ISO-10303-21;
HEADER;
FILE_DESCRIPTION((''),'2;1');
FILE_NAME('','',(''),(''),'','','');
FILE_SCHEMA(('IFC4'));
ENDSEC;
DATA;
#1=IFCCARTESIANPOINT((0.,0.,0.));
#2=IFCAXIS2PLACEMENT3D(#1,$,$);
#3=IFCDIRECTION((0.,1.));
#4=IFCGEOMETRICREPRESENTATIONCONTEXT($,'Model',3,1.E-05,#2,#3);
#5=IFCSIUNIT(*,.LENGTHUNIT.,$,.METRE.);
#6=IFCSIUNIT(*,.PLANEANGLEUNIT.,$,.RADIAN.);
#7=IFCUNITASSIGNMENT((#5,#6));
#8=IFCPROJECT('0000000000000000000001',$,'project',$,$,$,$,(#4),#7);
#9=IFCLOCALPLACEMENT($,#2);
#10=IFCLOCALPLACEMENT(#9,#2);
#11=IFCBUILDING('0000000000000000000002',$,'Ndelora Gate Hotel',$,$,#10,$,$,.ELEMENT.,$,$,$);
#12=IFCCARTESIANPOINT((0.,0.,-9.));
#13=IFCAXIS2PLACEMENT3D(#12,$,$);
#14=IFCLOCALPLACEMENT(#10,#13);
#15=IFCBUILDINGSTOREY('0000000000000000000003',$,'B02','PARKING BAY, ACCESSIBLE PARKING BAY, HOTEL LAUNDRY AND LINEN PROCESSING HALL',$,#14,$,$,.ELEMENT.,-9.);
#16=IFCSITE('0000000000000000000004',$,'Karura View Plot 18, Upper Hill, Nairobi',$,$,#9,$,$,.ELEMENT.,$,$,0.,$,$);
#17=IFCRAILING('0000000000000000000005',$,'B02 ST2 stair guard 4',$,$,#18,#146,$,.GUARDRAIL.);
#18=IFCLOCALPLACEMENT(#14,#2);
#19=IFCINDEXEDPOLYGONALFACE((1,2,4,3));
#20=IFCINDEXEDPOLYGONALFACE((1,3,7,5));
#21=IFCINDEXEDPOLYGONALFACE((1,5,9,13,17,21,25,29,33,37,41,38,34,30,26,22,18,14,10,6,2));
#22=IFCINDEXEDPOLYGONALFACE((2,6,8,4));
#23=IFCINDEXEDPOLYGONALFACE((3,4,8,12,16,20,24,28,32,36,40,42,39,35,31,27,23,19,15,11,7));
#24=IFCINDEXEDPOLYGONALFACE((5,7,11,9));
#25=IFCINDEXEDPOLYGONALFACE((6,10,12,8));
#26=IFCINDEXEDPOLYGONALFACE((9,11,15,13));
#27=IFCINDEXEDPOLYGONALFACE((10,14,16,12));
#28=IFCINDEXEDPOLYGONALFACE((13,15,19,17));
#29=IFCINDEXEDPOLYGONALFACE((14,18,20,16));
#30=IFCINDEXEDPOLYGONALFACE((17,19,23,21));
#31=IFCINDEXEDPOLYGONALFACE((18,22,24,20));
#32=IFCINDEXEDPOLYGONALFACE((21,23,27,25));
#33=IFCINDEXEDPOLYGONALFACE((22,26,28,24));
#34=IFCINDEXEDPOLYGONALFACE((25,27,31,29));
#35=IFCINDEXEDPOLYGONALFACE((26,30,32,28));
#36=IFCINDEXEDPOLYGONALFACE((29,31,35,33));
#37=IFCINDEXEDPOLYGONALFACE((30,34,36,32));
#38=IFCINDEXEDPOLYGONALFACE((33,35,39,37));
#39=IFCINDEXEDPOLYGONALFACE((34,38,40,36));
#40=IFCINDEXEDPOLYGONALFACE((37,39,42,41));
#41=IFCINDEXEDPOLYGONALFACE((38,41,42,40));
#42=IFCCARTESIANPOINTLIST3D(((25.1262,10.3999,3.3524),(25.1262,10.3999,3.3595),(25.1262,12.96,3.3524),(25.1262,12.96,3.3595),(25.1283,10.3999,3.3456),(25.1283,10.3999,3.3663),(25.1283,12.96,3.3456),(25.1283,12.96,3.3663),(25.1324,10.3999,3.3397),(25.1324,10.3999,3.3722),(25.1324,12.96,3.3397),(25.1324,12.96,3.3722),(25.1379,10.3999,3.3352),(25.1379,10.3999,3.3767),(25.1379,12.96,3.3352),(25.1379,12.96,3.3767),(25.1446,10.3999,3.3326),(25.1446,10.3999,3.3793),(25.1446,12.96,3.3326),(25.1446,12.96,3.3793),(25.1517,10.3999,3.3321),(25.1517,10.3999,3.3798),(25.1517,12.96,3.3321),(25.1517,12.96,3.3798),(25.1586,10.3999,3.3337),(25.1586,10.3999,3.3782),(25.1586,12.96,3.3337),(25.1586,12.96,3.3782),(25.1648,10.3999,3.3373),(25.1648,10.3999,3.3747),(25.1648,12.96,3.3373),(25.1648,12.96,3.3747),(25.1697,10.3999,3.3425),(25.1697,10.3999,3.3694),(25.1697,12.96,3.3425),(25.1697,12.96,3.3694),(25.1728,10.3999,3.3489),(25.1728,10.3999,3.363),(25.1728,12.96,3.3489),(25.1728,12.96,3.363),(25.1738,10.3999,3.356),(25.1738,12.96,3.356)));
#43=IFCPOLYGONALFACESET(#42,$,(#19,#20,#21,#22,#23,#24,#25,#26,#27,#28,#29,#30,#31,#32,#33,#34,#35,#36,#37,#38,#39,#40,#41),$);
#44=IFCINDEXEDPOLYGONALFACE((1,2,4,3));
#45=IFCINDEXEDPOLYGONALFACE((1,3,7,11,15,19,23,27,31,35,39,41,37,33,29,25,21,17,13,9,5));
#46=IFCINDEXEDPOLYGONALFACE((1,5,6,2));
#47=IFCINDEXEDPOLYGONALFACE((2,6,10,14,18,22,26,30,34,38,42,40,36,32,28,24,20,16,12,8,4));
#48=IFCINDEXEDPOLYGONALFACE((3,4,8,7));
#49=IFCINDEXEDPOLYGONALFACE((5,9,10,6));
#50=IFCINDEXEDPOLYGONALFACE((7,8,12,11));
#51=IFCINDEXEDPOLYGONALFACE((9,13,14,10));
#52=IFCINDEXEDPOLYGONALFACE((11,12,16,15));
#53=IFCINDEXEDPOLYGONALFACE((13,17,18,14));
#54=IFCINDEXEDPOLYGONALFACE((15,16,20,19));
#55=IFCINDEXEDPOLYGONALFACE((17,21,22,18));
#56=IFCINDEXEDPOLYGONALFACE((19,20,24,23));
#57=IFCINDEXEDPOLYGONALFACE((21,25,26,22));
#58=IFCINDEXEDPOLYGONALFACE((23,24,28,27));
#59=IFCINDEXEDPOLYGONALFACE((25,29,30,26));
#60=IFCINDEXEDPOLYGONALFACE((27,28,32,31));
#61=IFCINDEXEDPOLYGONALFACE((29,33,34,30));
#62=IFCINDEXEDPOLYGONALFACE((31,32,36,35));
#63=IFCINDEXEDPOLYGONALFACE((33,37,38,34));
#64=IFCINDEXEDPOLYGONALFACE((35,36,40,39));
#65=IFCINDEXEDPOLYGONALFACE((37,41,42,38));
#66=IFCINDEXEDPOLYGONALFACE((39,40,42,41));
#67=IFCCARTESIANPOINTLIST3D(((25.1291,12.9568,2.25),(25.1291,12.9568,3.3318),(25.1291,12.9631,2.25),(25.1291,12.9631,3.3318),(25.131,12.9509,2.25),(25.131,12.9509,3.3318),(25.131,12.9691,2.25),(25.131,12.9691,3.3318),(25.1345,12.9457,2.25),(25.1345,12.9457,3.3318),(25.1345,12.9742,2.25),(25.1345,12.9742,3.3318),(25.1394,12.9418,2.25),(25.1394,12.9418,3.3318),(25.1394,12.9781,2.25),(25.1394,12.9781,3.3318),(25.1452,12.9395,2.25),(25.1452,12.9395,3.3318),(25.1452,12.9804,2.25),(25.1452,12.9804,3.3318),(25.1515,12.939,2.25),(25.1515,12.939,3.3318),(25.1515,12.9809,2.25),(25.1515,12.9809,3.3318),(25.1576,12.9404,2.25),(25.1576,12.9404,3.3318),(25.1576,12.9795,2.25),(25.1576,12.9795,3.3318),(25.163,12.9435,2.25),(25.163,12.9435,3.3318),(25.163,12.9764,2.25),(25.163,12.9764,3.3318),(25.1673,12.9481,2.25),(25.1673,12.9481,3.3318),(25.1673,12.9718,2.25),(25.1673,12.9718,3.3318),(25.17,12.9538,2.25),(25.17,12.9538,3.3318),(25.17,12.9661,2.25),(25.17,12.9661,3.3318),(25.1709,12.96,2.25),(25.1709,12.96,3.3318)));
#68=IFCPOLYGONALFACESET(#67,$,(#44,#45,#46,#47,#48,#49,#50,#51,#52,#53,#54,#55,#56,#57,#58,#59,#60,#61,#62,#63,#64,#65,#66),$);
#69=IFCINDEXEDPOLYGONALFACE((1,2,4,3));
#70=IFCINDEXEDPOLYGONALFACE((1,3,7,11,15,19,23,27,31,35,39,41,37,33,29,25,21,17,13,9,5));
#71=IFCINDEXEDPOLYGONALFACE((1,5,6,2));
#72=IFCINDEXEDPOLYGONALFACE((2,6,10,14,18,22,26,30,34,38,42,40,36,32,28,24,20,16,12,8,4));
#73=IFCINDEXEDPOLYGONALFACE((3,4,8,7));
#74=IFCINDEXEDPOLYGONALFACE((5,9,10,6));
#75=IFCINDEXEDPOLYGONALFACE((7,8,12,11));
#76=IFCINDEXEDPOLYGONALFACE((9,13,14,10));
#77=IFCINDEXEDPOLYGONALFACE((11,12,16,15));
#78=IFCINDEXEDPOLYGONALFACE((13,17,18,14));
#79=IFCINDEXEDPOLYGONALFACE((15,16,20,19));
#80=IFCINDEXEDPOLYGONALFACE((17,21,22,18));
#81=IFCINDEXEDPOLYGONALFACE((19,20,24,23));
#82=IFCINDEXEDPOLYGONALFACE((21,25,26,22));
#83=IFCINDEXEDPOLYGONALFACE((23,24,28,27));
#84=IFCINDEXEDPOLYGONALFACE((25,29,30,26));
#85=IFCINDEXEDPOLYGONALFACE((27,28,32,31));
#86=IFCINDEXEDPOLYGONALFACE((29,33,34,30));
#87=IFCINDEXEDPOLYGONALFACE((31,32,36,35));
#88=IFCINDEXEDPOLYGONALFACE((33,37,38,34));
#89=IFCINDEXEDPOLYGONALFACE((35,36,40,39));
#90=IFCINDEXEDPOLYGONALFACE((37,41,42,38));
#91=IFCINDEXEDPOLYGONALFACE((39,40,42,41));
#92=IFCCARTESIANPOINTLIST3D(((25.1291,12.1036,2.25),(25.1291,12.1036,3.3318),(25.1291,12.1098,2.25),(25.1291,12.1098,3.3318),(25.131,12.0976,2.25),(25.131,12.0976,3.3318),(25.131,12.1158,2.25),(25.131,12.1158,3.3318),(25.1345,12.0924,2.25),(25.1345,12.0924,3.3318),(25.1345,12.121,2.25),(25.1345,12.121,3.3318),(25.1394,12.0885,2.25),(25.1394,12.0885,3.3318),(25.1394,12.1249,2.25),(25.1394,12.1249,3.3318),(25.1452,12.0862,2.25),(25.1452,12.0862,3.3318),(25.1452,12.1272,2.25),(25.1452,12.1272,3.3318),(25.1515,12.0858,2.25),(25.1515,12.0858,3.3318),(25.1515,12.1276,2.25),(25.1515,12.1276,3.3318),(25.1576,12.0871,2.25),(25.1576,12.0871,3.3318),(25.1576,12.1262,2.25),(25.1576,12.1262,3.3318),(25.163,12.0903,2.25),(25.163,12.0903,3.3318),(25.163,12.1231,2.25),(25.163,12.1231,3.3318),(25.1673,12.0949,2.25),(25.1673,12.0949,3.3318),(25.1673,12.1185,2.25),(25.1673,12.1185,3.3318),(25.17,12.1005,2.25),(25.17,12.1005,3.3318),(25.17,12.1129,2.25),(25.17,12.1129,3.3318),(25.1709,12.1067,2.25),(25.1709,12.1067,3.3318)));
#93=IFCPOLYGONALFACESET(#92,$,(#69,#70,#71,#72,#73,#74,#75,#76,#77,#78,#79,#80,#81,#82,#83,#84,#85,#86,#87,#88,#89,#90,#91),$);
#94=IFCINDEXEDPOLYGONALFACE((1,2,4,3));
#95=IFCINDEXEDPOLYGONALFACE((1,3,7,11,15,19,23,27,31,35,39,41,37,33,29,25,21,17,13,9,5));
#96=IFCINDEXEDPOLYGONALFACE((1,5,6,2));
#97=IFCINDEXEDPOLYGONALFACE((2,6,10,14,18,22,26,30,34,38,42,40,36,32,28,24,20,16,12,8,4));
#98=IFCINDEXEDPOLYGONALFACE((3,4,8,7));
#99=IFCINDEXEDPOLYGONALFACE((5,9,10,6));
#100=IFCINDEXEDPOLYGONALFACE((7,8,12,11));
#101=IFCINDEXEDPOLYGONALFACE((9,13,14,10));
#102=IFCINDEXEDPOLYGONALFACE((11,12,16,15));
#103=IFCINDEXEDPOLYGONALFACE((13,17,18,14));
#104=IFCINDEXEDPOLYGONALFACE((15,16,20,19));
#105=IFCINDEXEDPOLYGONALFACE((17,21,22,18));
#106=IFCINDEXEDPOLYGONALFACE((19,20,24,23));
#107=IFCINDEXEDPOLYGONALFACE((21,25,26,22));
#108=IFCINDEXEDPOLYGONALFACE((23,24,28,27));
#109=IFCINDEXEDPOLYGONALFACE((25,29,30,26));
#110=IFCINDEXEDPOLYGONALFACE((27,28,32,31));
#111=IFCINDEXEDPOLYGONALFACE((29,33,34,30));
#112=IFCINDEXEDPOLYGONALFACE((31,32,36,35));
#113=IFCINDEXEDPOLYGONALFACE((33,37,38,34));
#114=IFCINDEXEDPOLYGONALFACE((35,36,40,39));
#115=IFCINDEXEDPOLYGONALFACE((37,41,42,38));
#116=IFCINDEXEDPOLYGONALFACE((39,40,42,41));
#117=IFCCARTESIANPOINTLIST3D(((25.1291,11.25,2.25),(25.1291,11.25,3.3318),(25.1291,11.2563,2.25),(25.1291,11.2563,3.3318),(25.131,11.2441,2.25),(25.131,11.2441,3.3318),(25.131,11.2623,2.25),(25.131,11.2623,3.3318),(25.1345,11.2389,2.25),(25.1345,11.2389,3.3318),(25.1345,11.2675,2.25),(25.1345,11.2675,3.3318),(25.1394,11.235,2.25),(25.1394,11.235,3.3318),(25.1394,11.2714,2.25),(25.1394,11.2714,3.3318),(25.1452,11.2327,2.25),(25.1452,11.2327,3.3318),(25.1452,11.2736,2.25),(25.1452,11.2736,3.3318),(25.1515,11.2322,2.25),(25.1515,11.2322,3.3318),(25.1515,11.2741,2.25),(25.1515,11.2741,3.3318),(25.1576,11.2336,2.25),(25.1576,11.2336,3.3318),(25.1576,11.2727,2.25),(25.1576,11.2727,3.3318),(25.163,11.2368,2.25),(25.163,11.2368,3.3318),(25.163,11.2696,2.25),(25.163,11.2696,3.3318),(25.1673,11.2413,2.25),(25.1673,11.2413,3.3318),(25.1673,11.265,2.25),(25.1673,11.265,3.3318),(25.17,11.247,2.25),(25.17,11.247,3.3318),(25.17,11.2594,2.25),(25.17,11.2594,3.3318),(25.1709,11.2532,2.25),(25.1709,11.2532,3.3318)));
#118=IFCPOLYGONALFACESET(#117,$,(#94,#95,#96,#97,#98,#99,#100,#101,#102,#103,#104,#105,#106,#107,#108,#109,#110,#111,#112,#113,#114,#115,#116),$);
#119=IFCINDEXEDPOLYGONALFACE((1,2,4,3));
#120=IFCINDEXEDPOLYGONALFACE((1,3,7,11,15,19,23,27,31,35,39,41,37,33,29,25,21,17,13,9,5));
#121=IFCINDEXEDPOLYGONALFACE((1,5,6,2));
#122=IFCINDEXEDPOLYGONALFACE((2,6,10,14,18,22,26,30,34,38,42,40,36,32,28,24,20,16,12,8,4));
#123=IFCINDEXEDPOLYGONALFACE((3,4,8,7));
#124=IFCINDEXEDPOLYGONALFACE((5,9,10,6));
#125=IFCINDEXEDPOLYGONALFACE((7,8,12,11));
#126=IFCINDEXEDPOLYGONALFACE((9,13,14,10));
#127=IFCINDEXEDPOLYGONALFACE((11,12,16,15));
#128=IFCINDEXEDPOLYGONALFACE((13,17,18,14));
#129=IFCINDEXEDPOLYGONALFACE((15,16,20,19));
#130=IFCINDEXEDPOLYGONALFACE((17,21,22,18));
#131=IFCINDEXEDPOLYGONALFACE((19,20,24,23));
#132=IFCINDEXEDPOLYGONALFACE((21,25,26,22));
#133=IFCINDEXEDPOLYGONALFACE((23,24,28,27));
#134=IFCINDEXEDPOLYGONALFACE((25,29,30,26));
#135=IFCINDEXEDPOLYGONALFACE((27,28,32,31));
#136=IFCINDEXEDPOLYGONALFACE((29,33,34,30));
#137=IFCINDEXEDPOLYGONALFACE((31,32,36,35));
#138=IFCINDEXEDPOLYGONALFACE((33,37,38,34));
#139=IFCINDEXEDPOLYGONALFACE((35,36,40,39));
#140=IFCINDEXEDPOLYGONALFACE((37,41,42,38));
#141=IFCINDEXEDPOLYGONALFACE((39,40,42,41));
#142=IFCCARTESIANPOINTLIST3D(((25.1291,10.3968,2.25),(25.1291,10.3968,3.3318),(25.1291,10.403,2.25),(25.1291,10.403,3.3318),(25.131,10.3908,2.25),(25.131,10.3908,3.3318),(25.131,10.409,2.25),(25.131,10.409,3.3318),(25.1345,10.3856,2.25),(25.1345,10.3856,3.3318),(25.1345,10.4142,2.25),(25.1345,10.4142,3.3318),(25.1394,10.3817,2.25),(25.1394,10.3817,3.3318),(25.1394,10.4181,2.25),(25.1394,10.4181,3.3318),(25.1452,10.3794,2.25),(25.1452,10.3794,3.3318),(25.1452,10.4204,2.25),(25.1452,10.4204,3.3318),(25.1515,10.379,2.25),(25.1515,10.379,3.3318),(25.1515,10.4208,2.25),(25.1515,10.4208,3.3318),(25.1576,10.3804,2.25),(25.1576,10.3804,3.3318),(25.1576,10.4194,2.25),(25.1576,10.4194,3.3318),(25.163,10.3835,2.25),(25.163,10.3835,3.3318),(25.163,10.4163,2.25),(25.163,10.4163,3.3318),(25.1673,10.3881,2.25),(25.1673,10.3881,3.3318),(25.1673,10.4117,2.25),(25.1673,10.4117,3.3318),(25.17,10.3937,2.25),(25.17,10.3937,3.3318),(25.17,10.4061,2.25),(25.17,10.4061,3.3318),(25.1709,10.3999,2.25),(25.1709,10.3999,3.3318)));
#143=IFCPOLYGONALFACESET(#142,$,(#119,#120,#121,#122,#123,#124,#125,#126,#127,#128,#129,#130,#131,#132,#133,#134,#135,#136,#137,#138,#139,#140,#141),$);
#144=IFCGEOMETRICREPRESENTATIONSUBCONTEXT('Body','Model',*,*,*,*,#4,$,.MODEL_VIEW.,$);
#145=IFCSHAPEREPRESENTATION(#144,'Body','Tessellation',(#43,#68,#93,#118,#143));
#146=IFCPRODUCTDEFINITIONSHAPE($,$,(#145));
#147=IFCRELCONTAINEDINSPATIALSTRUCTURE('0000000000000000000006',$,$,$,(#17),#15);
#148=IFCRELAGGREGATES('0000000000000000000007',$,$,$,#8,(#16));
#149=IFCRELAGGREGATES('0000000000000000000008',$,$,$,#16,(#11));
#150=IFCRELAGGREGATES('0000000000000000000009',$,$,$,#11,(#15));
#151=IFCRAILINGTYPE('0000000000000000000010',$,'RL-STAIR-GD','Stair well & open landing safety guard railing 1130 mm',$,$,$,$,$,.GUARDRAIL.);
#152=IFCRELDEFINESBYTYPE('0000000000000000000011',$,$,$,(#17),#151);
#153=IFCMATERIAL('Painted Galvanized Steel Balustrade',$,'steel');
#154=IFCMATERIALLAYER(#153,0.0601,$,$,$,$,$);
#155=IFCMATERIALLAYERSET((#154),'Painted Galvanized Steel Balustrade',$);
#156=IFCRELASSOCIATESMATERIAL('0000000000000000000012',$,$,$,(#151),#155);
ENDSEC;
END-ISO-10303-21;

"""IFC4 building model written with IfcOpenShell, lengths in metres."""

from ifc_helpers import new_model, si_unit, direction, frame, origin, origin_2d, place, context, subcontext, project, spatial, circle, extrude, material, layer, layer_set, type_object, element, save


model = new_model("IFC4")

# Units and contexts
model_context = context("Model", 3, precision=1e-05, world=origin(), true_north=direction((0.0, 1.0)))
body_context = subcontext(model_context, "Body", "Model", "MODEL_VIEW")
ifc_project = project(units=[si_unit("LENGTHUNIT", "METRE"), si_unit("PLANEANGLEUNIT", "RADIAN")], contexts=[model_context])

# Site, building, storey
site_placement = place(None, origin())
site = spatial("IfcSite", under=ifc_project, at=site_placement, Name="Karura View Plot 18, Upper Hill, Nairobi", CompositionType="ELEMENT", RefElevation=0.0)
building_placement = place(site_placement, origin())
building = spatial("IfcBuilding", under=site, at=building_placement, Name="Ndelora Gate Hotel", CompositionType="ELEMENT")
storey_placement = place(building_placement, frame((0.0, 0.0, -9.0)))
storey = spatial("IfcBuildingStorey", under=building, at=storey_placement, Name="B02", Description="PARKING BAY, ACCESSIBLE PARKING BAY, HOTEL LAUNDRY AND LINEN PROCESSING HALL", CompositionType="ELEMENT", Elevation=-9.0)

# Railing
ifc_material_1 = material(Name="Painted Galvanized Steel Balustrade", Category="steel")
ifc_layer_1 = layer(ifc_material_1, 0.0601)
ifc_layer_set_1 = layer_set([ifc_layer_1], Name="Painted Galvanized Steel Balustrade")
railing_type_1 = type_object("IfcRailingType", Name="RL-STAIR-GD", Description="Stair well & open landing safety guard railing 1130 mm", PredefinedType="GUARDRAIL", material=ifc_layer_set_1)
for number, where, name in (
    (1, (25.1499, 12.96, 2.25), "B02 ST2 stair guard 4"),
):
    element("IfcRailing", number, at=place(storey_placement, frame(where)), inside=storey, type_object=railing_type_1, Name=name, PredefinedType="GUARDRAIL", context=body_context, shape_type="SweptSolid", body=[
        extrude(circle(Radius=0.0239, at=origin_2d()), frame((0.0, 0.0, 1.106), z_axis=(0.0, -1.0, 0.0), x_axis=(1.0, 0.0, 0.0)), (0.0, 0.0, 1.0), 2.5601),
        extrude(circle(Radius=0.021, at=origin_2d()), origin(), (0.0, 0.0, 1.0), 1.0818),
        extrude(circle(Radius=0.021, at=origin_2d()), frame((0.0, -0.8533, 0.0)), (0.0, 0.0, 1.0), 1.0818),
        extrude(circle(Radius=0.021, at=origin_2d()), frame((0.0, -1.7068, 0.0)), (0.0, 0.0, 1.0), 1.0818),
        extrude(circle(Radius=0.021, at=origin_2d()), frame((0.0, -2.5601, 0.0)), (0.0, 0.0, 1.0), 1.0818),
    ])

save(model, "model.ifc")
